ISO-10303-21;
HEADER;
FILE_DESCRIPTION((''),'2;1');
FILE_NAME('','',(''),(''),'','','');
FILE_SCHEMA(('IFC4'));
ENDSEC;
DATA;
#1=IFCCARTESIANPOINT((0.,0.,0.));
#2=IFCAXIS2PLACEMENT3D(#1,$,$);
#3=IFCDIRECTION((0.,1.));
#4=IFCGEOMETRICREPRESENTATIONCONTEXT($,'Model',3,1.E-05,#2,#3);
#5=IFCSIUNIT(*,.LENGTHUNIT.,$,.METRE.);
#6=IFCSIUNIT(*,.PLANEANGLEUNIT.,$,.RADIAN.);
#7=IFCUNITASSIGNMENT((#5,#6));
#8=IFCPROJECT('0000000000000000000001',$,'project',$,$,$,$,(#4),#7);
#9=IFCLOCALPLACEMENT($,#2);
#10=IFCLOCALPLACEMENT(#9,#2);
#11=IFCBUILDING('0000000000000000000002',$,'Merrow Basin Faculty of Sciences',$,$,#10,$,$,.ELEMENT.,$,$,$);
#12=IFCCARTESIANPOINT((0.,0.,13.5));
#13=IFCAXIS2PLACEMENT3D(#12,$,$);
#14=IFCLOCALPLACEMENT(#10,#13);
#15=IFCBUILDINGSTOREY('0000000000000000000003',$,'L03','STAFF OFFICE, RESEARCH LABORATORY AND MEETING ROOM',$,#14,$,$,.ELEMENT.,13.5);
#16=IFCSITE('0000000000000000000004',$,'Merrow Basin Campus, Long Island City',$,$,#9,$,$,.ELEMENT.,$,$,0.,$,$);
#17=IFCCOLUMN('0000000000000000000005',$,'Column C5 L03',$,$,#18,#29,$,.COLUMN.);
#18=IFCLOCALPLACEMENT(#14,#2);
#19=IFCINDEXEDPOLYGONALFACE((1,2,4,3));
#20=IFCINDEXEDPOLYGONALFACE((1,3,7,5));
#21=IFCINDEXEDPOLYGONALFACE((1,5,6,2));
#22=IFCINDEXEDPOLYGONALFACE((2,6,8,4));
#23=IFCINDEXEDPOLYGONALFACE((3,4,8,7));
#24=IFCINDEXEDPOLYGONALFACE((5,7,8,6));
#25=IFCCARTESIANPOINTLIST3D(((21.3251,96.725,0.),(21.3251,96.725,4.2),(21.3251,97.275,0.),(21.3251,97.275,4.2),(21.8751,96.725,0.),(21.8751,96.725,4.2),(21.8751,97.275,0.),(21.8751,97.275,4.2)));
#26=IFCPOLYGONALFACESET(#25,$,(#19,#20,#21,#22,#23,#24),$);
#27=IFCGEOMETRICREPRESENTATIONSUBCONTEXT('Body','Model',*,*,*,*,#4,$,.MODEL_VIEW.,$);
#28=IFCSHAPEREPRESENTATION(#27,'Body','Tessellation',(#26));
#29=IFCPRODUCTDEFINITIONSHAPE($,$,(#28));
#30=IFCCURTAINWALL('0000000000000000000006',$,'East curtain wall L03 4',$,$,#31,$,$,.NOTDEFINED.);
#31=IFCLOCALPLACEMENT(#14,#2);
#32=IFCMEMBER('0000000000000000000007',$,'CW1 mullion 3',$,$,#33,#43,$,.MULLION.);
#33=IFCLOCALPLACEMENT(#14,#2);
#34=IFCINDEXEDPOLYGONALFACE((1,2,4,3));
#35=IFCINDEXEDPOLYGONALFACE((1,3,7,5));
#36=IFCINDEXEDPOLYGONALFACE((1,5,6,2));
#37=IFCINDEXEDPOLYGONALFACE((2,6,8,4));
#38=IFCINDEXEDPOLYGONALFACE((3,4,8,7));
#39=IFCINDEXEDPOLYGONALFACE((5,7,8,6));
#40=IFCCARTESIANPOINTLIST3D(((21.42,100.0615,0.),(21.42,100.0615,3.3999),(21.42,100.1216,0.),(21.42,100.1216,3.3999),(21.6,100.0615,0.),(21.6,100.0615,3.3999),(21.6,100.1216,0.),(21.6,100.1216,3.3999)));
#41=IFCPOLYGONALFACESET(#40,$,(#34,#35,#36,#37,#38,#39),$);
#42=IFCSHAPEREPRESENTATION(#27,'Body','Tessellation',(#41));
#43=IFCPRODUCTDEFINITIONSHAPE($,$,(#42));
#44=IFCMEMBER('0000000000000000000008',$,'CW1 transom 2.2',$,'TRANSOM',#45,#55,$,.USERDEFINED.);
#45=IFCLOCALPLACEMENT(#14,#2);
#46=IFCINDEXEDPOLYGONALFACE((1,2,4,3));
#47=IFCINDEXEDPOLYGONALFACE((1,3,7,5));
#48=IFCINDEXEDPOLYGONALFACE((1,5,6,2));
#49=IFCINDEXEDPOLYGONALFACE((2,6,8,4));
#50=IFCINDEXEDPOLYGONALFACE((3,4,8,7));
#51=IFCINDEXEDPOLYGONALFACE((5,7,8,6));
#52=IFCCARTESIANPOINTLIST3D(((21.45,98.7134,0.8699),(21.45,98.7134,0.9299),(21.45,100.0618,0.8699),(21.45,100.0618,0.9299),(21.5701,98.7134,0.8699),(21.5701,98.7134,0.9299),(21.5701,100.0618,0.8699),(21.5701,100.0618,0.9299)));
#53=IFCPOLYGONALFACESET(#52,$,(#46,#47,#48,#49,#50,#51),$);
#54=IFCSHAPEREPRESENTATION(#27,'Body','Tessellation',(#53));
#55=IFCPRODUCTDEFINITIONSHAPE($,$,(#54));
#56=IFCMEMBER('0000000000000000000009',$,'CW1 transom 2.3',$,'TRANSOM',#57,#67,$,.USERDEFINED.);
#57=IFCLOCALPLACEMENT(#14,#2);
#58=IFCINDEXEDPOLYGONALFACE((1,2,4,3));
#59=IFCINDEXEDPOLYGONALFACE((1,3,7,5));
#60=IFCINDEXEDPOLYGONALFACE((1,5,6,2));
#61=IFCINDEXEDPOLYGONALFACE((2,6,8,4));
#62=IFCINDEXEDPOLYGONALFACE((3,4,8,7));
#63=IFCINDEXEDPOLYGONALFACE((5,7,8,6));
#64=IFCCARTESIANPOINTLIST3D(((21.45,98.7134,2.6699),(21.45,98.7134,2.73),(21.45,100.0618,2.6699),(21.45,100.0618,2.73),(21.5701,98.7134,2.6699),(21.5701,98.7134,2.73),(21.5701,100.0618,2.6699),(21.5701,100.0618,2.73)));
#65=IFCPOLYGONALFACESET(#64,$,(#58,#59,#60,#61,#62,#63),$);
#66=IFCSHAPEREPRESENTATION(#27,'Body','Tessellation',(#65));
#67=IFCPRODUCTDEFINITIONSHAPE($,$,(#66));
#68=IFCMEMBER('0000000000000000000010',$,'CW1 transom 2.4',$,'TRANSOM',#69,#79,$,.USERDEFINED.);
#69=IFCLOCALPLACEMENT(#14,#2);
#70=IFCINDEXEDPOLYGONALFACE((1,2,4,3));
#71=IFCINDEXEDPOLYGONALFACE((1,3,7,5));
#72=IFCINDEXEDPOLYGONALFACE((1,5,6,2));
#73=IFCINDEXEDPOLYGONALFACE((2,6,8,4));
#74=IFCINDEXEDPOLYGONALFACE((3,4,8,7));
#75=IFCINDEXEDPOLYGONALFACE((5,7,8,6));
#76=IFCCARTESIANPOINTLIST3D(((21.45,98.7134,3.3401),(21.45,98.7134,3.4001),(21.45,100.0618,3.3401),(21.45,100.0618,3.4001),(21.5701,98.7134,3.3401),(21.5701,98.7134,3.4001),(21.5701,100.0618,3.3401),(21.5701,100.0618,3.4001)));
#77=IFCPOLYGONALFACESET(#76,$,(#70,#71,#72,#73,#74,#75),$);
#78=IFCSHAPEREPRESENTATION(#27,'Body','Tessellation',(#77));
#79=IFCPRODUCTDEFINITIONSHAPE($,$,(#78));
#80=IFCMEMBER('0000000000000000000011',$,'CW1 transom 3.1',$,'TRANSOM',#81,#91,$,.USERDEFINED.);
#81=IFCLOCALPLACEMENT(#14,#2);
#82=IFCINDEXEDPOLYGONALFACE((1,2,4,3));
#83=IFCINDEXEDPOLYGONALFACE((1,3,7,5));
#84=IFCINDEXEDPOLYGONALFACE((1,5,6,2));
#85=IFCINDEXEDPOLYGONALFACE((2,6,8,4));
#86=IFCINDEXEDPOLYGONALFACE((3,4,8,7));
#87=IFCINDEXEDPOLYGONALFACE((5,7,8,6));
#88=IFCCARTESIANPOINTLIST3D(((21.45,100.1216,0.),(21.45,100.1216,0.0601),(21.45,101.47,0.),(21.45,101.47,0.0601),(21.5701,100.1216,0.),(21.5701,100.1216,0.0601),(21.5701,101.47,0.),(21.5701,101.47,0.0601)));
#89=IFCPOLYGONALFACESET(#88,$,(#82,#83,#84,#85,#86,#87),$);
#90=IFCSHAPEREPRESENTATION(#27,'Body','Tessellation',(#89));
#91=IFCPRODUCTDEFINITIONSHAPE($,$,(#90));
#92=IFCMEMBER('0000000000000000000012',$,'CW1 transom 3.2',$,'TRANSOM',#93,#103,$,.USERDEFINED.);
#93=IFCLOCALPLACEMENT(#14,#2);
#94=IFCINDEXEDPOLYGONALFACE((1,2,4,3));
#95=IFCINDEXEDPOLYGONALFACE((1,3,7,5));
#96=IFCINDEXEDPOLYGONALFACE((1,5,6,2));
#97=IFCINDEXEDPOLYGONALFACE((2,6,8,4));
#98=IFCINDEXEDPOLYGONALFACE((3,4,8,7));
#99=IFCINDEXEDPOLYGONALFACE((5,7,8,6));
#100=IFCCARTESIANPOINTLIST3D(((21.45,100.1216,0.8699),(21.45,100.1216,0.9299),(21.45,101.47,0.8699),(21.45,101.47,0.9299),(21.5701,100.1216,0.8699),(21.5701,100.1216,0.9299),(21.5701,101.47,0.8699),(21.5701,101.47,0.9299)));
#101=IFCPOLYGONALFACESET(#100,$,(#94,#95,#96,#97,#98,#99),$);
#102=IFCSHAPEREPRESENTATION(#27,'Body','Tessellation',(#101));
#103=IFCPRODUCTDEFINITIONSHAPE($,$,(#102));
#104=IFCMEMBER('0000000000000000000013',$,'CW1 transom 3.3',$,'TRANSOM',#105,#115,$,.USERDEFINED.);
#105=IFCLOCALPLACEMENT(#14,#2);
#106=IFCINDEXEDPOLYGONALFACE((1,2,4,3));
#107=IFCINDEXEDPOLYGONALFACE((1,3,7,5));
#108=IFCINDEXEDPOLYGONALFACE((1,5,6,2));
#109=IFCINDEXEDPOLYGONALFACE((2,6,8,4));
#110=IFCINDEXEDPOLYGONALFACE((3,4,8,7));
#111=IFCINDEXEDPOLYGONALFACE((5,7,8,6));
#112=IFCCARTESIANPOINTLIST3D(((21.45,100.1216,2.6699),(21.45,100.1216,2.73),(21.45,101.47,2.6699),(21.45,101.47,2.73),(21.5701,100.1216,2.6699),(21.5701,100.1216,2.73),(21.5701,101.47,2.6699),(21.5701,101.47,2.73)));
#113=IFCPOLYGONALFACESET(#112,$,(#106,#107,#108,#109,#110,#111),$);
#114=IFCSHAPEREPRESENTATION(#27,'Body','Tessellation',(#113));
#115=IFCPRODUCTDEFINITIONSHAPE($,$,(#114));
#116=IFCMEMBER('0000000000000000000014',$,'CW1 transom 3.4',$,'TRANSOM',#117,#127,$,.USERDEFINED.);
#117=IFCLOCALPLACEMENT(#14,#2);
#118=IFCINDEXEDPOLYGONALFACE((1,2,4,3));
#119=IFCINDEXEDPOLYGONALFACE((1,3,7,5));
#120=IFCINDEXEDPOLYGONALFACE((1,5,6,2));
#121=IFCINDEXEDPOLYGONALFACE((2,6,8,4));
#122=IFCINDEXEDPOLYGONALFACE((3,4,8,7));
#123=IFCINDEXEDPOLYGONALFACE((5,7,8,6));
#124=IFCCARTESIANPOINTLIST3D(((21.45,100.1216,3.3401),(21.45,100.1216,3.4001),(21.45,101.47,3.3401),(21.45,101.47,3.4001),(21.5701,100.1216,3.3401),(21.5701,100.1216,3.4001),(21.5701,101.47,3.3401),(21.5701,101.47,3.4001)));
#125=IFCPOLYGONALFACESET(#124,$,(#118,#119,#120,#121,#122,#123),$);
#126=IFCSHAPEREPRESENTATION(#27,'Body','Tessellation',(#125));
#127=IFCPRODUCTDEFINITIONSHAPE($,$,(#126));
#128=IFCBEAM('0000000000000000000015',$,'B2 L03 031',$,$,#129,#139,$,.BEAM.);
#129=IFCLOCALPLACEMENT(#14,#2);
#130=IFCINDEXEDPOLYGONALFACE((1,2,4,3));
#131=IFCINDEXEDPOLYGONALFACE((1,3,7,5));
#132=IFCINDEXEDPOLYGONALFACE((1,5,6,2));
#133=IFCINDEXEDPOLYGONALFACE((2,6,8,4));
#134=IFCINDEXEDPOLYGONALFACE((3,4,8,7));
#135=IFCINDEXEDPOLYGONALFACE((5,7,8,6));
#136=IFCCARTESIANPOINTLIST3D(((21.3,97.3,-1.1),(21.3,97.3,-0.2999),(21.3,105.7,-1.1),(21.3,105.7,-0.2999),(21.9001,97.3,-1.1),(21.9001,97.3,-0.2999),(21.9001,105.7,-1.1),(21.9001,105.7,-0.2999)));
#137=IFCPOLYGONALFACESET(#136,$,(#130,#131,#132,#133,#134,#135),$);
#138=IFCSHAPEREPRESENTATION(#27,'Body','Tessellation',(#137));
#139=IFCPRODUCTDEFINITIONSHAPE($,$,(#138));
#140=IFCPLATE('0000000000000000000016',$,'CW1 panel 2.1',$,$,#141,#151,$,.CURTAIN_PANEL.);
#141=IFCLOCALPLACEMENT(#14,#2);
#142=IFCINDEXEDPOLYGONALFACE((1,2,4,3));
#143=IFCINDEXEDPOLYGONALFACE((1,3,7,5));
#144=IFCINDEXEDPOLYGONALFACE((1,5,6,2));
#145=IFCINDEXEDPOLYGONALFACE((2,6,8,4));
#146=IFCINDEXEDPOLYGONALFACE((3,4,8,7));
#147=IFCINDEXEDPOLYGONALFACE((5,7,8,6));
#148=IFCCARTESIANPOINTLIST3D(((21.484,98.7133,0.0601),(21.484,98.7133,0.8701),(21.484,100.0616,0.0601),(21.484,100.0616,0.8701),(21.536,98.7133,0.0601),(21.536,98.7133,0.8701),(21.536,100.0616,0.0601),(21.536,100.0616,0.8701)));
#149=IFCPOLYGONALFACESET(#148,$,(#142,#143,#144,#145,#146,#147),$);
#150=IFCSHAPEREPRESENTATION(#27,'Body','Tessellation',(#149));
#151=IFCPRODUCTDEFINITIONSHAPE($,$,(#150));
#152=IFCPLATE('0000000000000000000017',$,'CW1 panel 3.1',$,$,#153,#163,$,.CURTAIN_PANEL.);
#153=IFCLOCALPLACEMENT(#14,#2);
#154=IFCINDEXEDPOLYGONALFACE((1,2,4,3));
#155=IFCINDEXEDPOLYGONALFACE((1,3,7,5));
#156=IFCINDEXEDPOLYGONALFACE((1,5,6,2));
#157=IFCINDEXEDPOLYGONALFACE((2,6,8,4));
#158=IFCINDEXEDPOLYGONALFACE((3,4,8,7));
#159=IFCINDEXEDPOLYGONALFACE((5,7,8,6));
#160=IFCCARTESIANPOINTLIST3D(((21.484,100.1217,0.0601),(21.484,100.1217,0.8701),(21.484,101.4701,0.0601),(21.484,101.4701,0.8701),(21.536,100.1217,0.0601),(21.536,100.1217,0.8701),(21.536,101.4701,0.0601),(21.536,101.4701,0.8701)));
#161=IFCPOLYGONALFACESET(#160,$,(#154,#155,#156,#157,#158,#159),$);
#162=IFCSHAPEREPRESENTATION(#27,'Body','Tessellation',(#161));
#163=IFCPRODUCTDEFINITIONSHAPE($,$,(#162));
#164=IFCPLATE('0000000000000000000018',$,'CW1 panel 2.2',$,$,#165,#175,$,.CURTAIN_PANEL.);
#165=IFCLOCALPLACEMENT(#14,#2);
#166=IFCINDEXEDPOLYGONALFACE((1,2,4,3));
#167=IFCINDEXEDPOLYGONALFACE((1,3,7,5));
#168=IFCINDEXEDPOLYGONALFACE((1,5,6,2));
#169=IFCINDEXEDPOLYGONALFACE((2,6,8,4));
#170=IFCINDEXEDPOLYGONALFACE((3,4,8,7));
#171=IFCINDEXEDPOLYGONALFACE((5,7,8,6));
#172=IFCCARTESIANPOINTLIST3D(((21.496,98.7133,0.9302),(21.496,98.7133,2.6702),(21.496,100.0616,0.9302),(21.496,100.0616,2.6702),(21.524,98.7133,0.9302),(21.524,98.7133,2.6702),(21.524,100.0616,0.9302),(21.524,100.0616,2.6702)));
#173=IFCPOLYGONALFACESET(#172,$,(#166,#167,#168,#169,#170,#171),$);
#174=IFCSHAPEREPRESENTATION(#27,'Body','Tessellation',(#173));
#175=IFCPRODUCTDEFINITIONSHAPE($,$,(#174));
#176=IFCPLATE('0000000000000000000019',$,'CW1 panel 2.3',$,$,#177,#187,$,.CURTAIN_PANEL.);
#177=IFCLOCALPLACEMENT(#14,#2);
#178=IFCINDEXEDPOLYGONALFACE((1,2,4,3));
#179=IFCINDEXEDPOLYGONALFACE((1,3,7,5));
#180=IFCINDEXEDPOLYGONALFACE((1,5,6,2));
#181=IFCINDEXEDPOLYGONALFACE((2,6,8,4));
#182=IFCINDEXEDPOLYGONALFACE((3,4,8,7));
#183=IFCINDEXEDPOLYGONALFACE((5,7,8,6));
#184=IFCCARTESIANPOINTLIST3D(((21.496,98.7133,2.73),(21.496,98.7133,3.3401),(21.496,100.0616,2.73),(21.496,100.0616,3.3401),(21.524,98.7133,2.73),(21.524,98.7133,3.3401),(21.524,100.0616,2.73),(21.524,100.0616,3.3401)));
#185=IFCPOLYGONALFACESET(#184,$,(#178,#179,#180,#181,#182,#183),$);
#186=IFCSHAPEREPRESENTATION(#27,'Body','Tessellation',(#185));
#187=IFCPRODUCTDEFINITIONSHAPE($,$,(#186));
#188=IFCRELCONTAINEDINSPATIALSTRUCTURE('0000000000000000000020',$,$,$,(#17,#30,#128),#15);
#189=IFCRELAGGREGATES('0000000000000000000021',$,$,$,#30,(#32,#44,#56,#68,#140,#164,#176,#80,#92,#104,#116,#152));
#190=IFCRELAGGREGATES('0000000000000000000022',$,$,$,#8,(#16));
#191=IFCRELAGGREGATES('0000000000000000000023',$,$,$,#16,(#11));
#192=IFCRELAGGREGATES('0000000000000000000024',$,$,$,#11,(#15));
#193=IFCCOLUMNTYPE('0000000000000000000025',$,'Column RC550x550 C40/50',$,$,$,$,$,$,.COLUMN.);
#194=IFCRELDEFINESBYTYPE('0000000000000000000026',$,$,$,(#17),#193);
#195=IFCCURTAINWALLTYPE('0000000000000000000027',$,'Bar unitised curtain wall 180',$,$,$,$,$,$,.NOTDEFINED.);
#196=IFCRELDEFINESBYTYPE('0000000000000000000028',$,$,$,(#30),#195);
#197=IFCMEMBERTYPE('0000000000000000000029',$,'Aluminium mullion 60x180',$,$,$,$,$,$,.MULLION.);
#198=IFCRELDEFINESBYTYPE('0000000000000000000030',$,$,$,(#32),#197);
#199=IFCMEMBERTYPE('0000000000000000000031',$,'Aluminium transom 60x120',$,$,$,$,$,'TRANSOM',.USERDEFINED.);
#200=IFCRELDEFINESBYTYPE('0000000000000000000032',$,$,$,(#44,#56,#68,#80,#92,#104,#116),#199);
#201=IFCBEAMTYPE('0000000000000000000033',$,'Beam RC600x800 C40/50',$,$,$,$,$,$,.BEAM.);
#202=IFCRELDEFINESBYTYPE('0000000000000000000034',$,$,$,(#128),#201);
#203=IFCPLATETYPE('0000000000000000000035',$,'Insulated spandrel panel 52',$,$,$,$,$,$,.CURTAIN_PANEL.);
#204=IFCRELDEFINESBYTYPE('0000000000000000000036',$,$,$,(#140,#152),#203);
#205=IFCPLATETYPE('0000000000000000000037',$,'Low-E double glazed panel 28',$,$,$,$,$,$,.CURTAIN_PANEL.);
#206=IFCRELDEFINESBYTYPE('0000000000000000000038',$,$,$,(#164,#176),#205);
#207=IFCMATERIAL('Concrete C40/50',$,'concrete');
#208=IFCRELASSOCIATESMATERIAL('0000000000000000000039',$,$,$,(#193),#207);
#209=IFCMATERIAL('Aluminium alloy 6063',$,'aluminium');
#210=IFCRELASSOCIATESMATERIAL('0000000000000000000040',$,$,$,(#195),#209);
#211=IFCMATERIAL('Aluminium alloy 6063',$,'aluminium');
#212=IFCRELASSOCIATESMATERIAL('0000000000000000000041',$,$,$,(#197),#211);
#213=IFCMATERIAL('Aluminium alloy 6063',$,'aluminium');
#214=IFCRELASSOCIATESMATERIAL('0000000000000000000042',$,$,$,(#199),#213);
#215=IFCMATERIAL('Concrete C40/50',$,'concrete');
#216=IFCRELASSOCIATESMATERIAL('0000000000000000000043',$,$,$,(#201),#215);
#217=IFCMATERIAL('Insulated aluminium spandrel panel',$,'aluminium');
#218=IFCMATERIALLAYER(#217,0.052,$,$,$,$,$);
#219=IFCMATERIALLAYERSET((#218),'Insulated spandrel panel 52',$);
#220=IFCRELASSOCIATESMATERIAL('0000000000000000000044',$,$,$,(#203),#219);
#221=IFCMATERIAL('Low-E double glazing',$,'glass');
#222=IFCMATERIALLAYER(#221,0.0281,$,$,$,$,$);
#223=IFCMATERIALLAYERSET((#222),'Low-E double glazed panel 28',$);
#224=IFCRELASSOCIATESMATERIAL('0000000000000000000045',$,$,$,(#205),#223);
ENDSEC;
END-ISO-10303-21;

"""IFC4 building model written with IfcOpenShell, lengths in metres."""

from ifc_helpers import new_model, si_unit, direction, frame, origin, origin_2d, place, context, subcontext, project, spatial, rectangle, extrude, material, layer, layer_set, material_profile, profile_set, type_object, element, aggregate, save


model = new_model("IFC4")

# Units and contexts
model_context = context("Model", 3, precision=1e-05, world=origin(), true_north=direction((0.0, 1.0)))
body_context = subcontext(model_context, "Body", "Model", "MODEL_VIEW")
ifc_project = project(units=[si_unit("LENGTHUNIT", "METRE"), si_unit("PLANEANGLEUNIT", "RADIAN")], contexts=[model_context])

# Site, building, storey
site_placement = place(None, origin())
site = spatial("IfcSite", under=ifc_project, at=site_placement, Name="Merrow Basin Campus, Long Island City", CompositionType="ELEMENT", RefElevation=0.0)
building_placement = place(site_placement, origin())
building = spatial("IfcBuilding", under=site, at=building_placement, Name="Merrow Basin Faculty of Sciences", CompositionType="ELEMENT")
storey_placement = place(building_placement, frame((0.0, 0.0, 13.5)))
storey = spatial("IfcBuildingStorey", under=building, at=storey_placement, Name="L03", Description="STAFF OFFICE, RESEARCH LABORATORY AND MEETING ROOM", CompositionType="ELEMENT", Elevation=13.5)

# Column
ifc_material_1 = material(Name="Concrete C40/50", Category="concrete")
ifc_material_profile_1 = material_profile(ifc_material_1, rectangle(XDim=0.55, YDim=0.55, at=origin_2d()))
ifc_profile_set_1 = profile_set([ifc_material_profile_1], Name="Concrete C40/50")
column_type = type_object("IfcColumnType", Name="Column RC550x550 C40/50", PredefinedType="COLUMN", material=ifc_profile_set_1)
column_placement = place(storey_placement, frame((21.6001, 97.0, 0.0), z_axis=(0.0, 0.0, 1.0), x_axis=(1.0, 0.0, 0.0)))
element("IfcColumn", 1, at=column_placement, inside=storey, type_object=column_type, Name="Column C5 L03", PredefinedType="COLUMN", context=body_context, shape_type="SweptSolid", body=[
    extrude(rectangle(XDim=0.55, YDim=0.55, at=origin_2d()), origin(), (0.0, 0.0, 1.0), 4.2),
])

# Curtain wall, members
ifc_material_2 = material(Name="Aluminium alloy 6063", Category="aluminium")
curtain_wall_type = type_object("IfcCurtainWallType", Name="Bar unitised curtain wall 180", PredefinedType="NOTDEFINED", material=ifc_material_2)
curtain_wall_placement = place(storey_placement, origin())
curtain_wall = element("IfcCurtainWall", 2, at=curtain_wall_placement, inside=storey, type_object=curtain_wall_type, Name="East curtain wall L03 4", PredefinedType="NOTDEFINED")
ifc_material_3 = material(Name="Aluminium alloy 6063", Category="aluminium")
ifc_material_profile_2 = material_profile(ifc_material_3, rectangle(XDim=0.1799, YDim=0.0601, at=origin_2d()))
ifc_profile_set_2 = profile_set([ifc_material_profile_2], Name="Aluminium alloy 6063")
member_type_1 = type_object("IfcMemberType", Name="Aluminium mullion 60x180", PredefinedType="MULLION", material=ifc_profile_set_2)
member_1_placement = place(storey_placement, frame((21.51, 100.0916, 0.0), z_axis=(0.0, 0.0, 1.0), x_axis=(-1.0, 0.0, 0.0)))
member_1 = element("IfcMember", 3, at=member_1_placement, type_object=member_type_1, Name="CW1 mullion 3", PredefinedType="MULLION", context=body_context, shape_type="SweptSolid", body=[
    extrude(rectangle(XDim=0.1799, YDim=0.0601, at=origin_2d()), origin(), (0.0, 0.0, 1.0), 3.3999),
])
ifc_material_4 = material(Name="Aluminium alloy 6063", Category="aluminium")
ifc_material_profile_3 = material_profile(ifc_material_4, rectangle(XDim=0.1201, YDim=0.0601, at=origin_2d()))
ifc_profile_set_3 = profile_set([ifc_material_profile_3], Name="Aluminium alloy 6063")
member_type_2 = type_object("IfcMemberType", Name="Aluminium transom 60x120", ElementType="TRANSOM", PredefinedType="USERDEFINED", material=ifc_profile_set_3)
member_2_placement = place(storey_placement, frame((21.51, 98.7134, 0.8999), z_axis=(0.0, 1.0, 0.0), x_axis=(-1.0, 0.0, 0.0)))
member_2 = element("IfcMember", 4, at=member_2_placement, type_object=member_type_2, Name="CW1 transom 2.2", ObjectType="TRANSOM", PredefinedType="USERDEFINED", context=body_context, shape_type="SweptSolid", body=[
    extrude(rectangle(XDim=0.1201, YDim=0.0601, at=origin_2d()), origin(), (0.0, 0.0, 1.0), 1.3484),
])
member_3_placement = place(storey_placement, frame((21.51, 98.7134, 2.7), z_axis=(0.0, 1.0, 0.0), x_axis=(-1.0, 0.0, 0.0)))
member_3 = element("IfcMember", 5, at=member_3_placement, type_object=member_type_2, Name="CW1 transom 2.3", ObjectType="TRANSOM", PredefinedType="USERDEFINED", context=body_context, shape_type="SweptSolid", body=[
    extrude(rectangle(XDim=0.1201, YDim=0.0601, at=origin_2d()), origin(), (0.0, 0.0, 1.0), 1.3484),
])
member_4_placement = place(storey_placement, frame((21.51, 98.7134, 3.3701), z_axis=(0.0, 1.0, 0.0), x_axis=(-1.0, 0.0, 0.0)))
member_4 = element("IfcMember", 6, at=member_4_placement, type_object=member_type_2, Name="CW1 transom 2.4", ObjectType="TRANSOM", PredefinedType="USERDEFINED", context=body_context, shape_type="SweptSolid", body=[
    extrude(rectangle(XDim=0.1201, YDim=0.0601, at=origin_2d()), origin(), (0.0, 0.0, 1.0), 1.3484),
])
member_5_placement = place(storey_placement, frame((21.51, 100.1216, 0.03), z_axis=(0.0, 1.0, 0.0), x_axis=(-1.0, 0.0, 0.0)))
member_5 = element("IfcMember", 7, at=member_5_placement, type_object=member_type_2, Name="CW1 transom 3.1", ObjectType="TRANSOM", PredefinedType="USERDEFINED", context=body_context, shape_type="SweptSolid", body=[
    extrude(rectangle(XDim=0.1201, YDim=0.0601, at=origin_2d()), origin(), (0.0, 0.0, 1.0), 1.3484),
])
member_6_placement = place(storey_placement, frame((21.51, 100.1216, 0.8999), z_axis=(0.0, 1.0, 0.0), x_axis=(-1.0, 0.0, 0.0)))
member_6 = element("IfcMember", 8, at=member_6_placement, type_object=member_type_2, Name="CW1 transom 3.2", ObjectType="TRANSOM", PredefinedType="USERDEFINED", context=body_context, shape_type="SweptSolid", body=[
    extrude(rectangle(XDim=0.1201, YDim=0.0601, at=origin_2d()), origin(), (0.0, 0.0, 1.0), 1.3484),
])
member_7_placement = place(storey_placement, frame((21.51, 100.1216, 2.7), z_axis=(0.0, 1.0, 0.0), x_axis=(-1.0, 0.0, 0.0)))
member_7 = element("IfcMember", 9, at=member_7_placement, type_object=member_type_2, Name="CW1 transom 3.3", ObjectType="TRANSOM", PredefinedType="USERDEFINED", context=body_context, shape_type="SweptSolid", body=[
    extrude(rectangle(XDim=0.1201, YDim=0.0601, at=origin_2d()), origin(), (0.0, 0.0, 1.0), 1.3484),
])
member_8_placement = place(storey_placement, frame((21.51, 100.1216, 3.3701), z_axis=(0.0, 1.0, 0.0), x_axis=(-1.0, 0.0, 0.0)))
member_8 = element("IfcMember", 10, at=member_8_placement, type_object=member_type_2, Name="CW1 transom 3.4", ObjectType="TRANSOM", PredefinedType="USERDEFINED", context=body_context, shape_type="SweptSolid", body=[
    extrude(rectangle(XDim=0.1201, YDim=0.0601, at=origin_2d()), origin(), (0.0, 0.0, 1.0), 1.3484),
])

# Beam
ifc_material_5 = material(Name="Concrete C40/50", Category="concrete")
ifc_material_profile_4 = material_profile(ifc_material_5, rectangle(XDim=0.6001, YDim=0.8, at=origin_2d()))
ifc_profile_set_4 = profile_set([ifc_material_profile_4], Name="Concrete C40/50")
beam_type = type_object("IfcBeamType", Name="Beam RC600x800 C40/50", PredefinedType="BEAM", material=ifc_profile_set_4)
beam_placement = place(storey_placement, frame((21.6001, 97.3, -0.7), z_axis=(0.0, 1.0, 0.0), x_axis=(-1.0, 0.0, 0.0)))
element("IfcBeam", 11, at=beam_placement, inside=storey, type_object=beam_type, Name="B2 L03 031", PredefinedType="BEAM", context=body_context, shape_type="SweptSolid", body=[
    extrude(rectangle(XDim=0.6001, YDim=0.8, at=origin_2d()), origin(), (0.0, 0.0, 1.0), 8.3999),
])

# Plates
ifc_material_6 = material(Name="Insulated aluminium spandrel panel", Category="aluminium")
ifc_layer_1 = layer(ifc_material_6, 0.052)
ifc_layer_set_1 = layer_set([ifc_layer_1], Name="Insulated spandrel panel 52")
plate_type_1 = type_object("IfcPlateType", Name="Insulated spandrel panel 52", PredefinedType="CURTAIN_PANEL", material=ifc_layer_set_1)
plate_1_placement = place(storey_placement, frame((21.51, 99.3875, 0.0601), z_axis=(0.0, 0.0, 1.0), x_axis=(0.0, 1.0, 0.0)))
plate_1 = element("IfcPlate", 12, at=plate_1_placement, type_object=plate_type_1, Name="CW1 panel 2.1", PredefinedType="CURTAIN_PANEL", context=body_context, shape_type="SweptSolid", body=[
    extrude(rectangle(XDim=1.3484, YDim=0.052, at=origin_2d()), origin(), (0.0, 0.0, 1.0), 0.8101),
])
plate_2_placement = place(storey_placement, frame((21.51, 100.7959, 0.0601), z_axis=(0.0, 0.0, 1.0), x_axis=(0.0, 1.0, 0.0)))
plate_2 = element("IfcPlate", 13, at=plate_2_placement, type_object=plate_type_1, Name="CW1 panel 3.1", PredefinedType="CURTAIN_PANEL", context=body_context, shape_type="SweptSolid", body=[
    extrude(rectangle(XDim=1.3484, YDim=0.052, at=origin_2d()), origin(), (0.0, 0.0, 1.0), 0.8101),
])
ifc_material_7 = material(Name="Low-E double glazing", Category="glass")
ifc_layer_2 = layer(ifc_material_7, 0.0281)
ifc_layer_set_2 = layer_set([ifc_layer_2], Name="Low-E double glazed panel 28")
plate_type_2 = type_object("IfcPlateType", Name="Low-E double glazed panel 28", PredefinedType="CURTAIN_PANEL", material=ifc_layer_set_2)
plate_3_placement = place(storey_placement, frame((21.51, 99.3875, 0.9302), z_axis=(0.0, 0.0, 1.0), x_axis=(0.0, 1.0, 0.0)))
plate_3 = element("IfcPlate", 14, at=plate_3_placement, type_object=plate_type_2, Name="CW1 panel 2.2", PredefinedType="CURTAIN_PANEL", context=body_context, shape_type="SweptSolid", body=[
    extrude(rectangle(XDim=1.3484, YDim=0.0281, at=origin_2d()), origin(), (0.0, 0.0, 1.0), 1.74),
])
plate_4_placement = place(storey_placement, frame((21.51, 99.3875, 2.73), z_axis=(0.0, 0.0, 1.0), x_axis=(0.0, 1.0, 0.0)))
plate_4 = element("IfcPlate", 15, at=plate_4_placement, type_object=plate_type_2, Name="CW1 panel 2.3", PredefinedType="CURTAIN_PANEL", context=body_context, shape_type="SweptSolid", body=[
    extrude(rectangle(XDim=1.3484, YDim=0.0281, at=origin_2d()), origin(), (0.0, 0.0, 1.0), 0.6101),
])
aggregate(curtain_wall, [member_1, member_2, member_3, member_4, plate_1, plate_3, plate_4, member_5, member_6, member_7, member_8, plate_2])

save(model, "model.ifc")
